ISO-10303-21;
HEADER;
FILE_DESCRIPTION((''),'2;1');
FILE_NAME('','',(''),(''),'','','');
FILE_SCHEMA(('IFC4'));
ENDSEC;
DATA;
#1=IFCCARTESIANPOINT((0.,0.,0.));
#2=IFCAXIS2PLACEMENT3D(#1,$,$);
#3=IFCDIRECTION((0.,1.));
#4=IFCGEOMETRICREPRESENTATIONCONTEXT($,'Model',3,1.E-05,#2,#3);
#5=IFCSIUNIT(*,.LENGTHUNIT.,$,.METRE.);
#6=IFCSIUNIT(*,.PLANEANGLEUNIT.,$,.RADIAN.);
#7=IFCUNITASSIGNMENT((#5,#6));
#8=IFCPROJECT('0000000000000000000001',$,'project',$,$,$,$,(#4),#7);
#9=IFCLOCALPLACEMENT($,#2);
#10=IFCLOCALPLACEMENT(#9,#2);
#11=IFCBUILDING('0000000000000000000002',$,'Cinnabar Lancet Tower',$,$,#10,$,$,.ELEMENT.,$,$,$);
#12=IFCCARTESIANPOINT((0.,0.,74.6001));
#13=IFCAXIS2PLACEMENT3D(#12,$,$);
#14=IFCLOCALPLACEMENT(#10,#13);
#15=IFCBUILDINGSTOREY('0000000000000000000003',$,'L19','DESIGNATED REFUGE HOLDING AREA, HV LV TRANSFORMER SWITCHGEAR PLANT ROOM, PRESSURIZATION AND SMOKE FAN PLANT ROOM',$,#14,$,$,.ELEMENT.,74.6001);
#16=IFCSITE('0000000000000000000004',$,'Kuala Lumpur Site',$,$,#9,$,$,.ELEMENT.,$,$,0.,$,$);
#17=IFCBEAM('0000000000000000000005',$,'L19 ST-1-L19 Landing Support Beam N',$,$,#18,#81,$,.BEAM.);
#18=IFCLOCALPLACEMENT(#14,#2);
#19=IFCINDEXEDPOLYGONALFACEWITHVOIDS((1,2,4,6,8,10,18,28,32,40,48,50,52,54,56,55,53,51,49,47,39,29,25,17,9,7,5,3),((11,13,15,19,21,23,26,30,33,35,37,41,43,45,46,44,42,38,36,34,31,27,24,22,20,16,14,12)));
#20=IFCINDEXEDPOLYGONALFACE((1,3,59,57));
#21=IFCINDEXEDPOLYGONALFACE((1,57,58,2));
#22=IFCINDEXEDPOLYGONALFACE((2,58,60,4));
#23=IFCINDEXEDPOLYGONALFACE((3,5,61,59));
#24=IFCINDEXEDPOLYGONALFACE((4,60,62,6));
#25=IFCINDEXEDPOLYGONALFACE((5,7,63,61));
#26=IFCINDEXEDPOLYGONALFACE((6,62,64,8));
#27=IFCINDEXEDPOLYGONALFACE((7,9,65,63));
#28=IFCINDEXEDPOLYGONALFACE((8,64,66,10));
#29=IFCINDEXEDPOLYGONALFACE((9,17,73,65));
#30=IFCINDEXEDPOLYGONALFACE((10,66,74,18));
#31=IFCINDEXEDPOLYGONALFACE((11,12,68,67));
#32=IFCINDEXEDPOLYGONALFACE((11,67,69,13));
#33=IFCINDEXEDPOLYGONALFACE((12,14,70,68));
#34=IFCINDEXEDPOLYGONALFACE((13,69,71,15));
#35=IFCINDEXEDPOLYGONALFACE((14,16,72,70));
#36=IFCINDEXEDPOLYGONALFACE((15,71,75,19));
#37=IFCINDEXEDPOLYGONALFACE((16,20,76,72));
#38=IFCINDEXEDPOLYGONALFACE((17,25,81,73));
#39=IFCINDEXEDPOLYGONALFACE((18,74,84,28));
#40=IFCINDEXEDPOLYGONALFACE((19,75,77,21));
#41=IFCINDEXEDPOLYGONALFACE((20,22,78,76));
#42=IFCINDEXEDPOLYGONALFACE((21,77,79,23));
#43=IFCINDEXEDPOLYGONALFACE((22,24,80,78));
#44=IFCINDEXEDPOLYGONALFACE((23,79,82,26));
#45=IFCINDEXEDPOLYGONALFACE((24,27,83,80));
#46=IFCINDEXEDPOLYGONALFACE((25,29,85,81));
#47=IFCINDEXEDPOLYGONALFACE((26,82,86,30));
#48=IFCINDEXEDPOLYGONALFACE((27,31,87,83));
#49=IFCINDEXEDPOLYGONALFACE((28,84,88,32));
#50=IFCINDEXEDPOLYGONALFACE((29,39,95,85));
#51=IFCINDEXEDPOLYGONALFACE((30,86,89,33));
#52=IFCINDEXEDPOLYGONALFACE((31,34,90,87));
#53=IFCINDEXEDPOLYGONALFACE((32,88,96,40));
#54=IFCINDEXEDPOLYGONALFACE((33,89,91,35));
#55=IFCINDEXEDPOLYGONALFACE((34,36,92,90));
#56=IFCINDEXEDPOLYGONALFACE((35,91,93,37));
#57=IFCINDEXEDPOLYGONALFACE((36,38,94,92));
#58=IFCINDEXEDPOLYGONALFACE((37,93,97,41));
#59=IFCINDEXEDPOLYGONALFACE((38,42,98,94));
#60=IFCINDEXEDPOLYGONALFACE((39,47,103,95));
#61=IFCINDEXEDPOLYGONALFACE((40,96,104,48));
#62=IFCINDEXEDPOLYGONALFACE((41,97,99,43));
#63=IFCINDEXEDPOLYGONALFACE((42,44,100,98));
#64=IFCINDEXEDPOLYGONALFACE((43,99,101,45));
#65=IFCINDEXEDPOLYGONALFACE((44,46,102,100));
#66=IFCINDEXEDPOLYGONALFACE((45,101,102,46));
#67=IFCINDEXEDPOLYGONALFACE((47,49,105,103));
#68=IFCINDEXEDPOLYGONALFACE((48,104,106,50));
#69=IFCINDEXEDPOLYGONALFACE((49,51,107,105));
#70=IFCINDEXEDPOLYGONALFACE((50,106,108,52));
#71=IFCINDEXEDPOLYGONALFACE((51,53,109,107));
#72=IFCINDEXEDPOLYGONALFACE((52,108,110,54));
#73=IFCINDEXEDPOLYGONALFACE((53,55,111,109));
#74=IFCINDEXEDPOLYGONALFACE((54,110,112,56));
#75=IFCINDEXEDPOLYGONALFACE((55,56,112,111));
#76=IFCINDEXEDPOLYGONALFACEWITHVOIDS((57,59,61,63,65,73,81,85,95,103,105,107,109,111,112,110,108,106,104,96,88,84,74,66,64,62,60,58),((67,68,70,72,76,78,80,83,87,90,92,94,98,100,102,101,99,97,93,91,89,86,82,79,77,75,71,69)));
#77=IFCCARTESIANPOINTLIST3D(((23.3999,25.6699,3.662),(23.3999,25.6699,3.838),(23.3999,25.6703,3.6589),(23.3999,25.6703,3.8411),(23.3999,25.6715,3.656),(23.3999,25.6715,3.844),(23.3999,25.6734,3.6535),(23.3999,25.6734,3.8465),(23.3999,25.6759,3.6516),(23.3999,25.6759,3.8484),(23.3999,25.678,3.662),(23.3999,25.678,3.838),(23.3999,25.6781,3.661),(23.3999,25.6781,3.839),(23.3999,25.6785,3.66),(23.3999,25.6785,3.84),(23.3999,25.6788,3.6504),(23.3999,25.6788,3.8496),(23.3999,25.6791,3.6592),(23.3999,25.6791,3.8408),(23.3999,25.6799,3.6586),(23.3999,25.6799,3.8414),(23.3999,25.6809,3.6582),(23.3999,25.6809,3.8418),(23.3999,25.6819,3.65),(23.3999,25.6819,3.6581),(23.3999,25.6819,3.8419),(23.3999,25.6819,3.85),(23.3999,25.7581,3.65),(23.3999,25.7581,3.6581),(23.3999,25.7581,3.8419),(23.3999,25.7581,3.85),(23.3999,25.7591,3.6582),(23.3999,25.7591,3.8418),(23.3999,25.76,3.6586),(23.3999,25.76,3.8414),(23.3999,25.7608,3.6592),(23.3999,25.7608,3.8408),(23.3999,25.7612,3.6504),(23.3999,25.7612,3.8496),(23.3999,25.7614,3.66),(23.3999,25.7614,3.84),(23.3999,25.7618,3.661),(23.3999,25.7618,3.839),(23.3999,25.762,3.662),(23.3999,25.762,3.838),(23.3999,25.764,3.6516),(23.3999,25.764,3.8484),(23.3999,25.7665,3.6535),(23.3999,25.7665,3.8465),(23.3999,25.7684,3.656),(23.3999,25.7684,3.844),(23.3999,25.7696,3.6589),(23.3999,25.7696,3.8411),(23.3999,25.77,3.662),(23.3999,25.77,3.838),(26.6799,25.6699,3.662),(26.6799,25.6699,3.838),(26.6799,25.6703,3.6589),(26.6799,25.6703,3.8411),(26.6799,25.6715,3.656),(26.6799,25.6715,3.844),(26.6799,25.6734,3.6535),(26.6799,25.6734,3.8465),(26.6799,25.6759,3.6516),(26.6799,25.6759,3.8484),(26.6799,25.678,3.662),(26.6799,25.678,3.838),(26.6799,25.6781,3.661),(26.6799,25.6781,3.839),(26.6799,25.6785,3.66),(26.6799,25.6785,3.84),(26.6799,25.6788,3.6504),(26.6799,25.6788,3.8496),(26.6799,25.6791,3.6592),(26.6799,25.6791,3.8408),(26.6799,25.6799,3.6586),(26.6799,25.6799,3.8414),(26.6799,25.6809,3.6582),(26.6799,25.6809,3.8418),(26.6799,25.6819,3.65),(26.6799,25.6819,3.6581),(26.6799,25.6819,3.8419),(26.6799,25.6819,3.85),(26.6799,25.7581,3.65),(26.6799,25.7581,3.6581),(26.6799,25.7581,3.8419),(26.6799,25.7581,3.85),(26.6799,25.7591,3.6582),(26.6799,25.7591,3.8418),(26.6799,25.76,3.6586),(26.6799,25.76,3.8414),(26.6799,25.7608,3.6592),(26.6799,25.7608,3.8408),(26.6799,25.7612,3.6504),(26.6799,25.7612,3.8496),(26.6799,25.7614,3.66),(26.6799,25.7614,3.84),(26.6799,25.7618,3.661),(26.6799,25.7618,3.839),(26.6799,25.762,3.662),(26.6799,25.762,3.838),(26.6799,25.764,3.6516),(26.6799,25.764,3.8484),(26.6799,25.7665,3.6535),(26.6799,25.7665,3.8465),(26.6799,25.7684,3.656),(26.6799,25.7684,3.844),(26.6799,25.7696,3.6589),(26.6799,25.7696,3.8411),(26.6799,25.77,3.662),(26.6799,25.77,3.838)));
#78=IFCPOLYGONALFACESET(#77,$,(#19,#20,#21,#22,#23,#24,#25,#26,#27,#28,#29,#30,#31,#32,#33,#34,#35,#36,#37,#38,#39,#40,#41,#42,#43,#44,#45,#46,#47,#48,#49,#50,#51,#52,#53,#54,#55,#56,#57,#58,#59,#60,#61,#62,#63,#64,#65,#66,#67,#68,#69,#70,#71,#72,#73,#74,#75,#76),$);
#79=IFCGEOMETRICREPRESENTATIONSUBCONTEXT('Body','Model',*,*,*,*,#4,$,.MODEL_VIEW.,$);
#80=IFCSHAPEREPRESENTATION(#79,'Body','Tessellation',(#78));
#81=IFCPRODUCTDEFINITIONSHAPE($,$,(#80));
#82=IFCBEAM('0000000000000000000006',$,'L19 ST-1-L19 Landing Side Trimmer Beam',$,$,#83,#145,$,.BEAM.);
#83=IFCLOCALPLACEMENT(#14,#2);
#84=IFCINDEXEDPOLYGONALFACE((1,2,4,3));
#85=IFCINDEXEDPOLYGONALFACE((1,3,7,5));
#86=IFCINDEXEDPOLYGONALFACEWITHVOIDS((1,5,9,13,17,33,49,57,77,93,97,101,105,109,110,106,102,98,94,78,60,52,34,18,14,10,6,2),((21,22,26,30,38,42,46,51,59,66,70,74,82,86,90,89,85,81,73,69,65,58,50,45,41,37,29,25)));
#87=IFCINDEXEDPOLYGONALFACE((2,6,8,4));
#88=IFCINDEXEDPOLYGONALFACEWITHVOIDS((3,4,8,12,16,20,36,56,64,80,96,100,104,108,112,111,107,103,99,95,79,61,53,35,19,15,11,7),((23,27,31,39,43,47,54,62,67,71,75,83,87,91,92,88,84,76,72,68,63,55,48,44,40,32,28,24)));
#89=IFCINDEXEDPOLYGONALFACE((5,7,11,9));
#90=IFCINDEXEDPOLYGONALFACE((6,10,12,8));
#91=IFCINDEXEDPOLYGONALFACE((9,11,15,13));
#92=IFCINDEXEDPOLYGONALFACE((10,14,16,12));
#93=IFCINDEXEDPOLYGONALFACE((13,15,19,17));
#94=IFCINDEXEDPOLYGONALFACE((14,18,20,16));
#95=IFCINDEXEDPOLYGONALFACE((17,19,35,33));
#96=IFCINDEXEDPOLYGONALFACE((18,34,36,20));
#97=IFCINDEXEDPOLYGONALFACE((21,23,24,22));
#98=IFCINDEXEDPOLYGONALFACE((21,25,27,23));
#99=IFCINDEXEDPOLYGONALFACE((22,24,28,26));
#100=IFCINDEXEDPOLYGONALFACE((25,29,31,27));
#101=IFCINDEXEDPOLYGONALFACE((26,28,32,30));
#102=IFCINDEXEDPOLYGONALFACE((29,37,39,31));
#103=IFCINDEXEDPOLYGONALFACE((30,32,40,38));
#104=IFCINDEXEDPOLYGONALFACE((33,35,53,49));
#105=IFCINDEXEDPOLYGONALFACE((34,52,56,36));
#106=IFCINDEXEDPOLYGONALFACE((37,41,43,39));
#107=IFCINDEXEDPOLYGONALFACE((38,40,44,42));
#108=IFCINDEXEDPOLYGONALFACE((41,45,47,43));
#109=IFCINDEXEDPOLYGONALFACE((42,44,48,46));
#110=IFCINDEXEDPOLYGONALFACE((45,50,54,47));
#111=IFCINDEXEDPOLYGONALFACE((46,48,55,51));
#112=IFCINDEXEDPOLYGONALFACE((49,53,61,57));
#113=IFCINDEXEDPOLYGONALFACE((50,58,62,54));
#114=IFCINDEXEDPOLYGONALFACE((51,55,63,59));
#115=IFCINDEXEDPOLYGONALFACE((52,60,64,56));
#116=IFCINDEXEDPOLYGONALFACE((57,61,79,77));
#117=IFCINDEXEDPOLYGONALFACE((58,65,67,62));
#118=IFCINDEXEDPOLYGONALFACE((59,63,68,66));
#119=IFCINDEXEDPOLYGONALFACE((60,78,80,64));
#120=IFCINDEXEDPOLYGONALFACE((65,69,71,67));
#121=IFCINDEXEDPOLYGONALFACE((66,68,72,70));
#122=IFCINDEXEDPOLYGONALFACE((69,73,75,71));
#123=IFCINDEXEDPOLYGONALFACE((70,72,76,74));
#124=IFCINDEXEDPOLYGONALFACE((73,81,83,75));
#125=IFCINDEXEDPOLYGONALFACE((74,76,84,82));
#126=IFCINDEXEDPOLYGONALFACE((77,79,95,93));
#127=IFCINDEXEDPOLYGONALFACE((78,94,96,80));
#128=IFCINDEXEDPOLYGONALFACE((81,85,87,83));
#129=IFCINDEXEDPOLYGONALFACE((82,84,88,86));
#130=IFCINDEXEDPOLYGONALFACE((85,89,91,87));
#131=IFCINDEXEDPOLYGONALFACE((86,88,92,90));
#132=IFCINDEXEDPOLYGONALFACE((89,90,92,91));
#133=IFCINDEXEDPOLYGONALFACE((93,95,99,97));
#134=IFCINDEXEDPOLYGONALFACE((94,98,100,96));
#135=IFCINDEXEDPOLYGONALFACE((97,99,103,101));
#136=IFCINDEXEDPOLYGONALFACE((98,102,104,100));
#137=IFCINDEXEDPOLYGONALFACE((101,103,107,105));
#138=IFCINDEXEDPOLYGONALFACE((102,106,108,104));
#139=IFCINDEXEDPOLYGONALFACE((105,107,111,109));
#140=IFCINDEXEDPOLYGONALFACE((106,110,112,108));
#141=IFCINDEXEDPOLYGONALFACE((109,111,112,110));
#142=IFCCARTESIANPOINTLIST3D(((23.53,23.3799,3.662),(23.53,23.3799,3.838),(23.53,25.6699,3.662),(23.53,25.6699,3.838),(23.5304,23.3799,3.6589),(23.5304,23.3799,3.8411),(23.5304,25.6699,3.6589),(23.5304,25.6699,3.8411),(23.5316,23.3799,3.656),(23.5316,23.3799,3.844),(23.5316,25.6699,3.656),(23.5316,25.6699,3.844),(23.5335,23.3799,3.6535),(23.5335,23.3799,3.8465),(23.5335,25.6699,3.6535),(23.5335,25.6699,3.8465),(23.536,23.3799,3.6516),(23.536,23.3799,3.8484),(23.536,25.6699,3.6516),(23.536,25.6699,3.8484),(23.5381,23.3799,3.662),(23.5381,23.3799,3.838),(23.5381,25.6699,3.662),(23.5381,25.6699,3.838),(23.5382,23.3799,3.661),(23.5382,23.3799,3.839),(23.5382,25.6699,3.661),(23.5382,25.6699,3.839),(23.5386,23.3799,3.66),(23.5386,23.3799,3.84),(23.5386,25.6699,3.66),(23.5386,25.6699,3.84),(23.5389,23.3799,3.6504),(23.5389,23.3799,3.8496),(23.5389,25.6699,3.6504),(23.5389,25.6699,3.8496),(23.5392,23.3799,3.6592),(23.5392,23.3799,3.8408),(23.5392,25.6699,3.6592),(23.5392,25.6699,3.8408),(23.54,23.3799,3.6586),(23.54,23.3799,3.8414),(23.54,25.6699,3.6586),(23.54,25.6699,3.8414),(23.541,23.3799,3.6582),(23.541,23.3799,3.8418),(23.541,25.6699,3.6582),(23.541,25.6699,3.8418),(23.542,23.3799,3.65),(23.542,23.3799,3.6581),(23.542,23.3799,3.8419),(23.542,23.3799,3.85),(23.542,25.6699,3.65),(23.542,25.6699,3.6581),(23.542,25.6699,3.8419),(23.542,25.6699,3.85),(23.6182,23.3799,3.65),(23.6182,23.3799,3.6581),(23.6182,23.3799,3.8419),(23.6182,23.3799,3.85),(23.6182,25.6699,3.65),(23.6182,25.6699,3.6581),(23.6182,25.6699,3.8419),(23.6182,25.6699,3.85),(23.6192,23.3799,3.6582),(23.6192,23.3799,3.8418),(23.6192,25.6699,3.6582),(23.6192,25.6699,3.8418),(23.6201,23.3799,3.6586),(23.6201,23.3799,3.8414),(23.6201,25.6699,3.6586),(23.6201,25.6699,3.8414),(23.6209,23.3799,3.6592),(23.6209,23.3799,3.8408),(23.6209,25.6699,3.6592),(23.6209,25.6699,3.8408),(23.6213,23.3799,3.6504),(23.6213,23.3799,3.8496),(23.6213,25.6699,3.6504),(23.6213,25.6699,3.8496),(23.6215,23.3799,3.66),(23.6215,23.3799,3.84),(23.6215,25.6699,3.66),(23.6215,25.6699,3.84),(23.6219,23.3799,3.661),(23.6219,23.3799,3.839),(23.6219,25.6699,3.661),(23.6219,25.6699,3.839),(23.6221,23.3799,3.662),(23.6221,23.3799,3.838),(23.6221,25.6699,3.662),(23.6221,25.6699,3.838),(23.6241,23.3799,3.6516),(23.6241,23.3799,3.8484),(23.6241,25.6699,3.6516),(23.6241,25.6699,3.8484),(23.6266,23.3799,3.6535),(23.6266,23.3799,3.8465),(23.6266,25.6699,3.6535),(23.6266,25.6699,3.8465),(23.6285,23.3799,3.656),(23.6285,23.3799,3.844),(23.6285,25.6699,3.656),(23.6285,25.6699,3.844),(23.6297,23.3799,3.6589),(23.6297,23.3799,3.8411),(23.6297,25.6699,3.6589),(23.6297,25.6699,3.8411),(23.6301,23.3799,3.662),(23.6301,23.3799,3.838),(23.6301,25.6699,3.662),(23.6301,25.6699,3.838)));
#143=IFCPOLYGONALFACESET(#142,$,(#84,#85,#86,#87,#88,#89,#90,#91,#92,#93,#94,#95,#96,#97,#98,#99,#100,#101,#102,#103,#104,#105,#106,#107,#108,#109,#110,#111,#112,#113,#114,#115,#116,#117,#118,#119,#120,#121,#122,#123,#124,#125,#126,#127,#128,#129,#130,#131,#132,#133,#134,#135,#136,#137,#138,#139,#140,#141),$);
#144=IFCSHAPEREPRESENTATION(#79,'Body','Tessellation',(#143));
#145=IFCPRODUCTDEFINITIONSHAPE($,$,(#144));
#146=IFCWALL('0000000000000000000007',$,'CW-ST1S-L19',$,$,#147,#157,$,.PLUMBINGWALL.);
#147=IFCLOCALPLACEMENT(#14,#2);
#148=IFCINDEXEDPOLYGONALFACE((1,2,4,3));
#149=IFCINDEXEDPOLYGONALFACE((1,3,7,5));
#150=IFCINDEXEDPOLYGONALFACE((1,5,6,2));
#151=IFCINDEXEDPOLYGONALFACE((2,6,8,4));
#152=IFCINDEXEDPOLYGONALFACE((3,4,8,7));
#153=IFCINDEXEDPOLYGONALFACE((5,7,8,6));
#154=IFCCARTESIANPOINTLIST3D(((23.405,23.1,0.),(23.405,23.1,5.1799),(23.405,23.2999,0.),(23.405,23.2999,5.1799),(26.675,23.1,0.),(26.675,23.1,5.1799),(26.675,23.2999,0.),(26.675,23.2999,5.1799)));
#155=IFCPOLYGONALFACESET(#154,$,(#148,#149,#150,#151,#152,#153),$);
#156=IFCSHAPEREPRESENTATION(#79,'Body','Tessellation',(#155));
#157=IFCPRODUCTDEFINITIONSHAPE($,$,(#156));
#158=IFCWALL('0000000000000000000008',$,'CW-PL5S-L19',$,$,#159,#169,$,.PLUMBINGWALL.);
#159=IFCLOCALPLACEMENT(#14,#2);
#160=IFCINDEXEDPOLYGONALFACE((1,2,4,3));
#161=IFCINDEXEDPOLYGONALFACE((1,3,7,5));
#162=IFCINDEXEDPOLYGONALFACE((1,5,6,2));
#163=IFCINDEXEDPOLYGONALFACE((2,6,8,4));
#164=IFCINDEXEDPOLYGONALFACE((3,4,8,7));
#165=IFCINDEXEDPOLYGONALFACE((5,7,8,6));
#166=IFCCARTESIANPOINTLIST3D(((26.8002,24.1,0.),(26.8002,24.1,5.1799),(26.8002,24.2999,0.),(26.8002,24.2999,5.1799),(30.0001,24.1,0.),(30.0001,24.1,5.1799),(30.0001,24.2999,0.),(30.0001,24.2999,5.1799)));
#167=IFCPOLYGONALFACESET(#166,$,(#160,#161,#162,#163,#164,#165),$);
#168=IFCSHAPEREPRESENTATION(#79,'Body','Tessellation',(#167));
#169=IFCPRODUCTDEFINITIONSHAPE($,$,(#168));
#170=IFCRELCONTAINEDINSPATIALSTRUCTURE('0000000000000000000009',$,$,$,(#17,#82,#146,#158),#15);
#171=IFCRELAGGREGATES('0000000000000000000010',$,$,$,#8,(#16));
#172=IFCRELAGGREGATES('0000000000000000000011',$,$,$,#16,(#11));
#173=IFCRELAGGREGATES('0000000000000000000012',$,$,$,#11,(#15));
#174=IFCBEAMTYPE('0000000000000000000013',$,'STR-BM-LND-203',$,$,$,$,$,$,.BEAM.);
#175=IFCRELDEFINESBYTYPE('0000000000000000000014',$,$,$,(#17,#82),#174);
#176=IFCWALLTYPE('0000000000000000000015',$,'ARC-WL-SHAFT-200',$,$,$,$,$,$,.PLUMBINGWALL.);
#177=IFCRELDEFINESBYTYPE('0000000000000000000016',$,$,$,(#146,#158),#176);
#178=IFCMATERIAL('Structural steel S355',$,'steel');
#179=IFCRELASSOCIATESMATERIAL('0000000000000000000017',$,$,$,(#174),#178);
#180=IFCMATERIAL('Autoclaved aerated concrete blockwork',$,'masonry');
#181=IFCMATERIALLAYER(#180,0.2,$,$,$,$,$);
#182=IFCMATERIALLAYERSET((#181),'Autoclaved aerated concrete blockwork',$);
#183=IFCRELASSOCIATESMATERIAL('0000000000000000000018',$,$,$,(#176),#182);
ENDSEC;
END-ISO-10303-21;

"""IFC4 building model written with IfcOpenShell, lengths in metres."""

from ifc_helpers import new_model, si_unit, direction, frame, frame_2d, origin, origin_2d, place, context, subcontext, project, spatial, rectangle, hollow_rectangle, extrude, material, layer, layer_set, material_profile, profile_set, type_object, element, save


model = new_model("IFC4")

# Units and contexts
model_context = context("Model", 3, precision=1e-05, world=origin(), true_north=direction((0.0, 1.0)))
body_context = subcontext(model_context, "Body", "Model", "MODEL_VIEW")
ifc_project = project(units=[si_unit("LENGTHUNIT", "METRE"), si_unit("PLANEANGLEUNIT", "RADIAN")], contexts=[model_context])

# Site, building, storey
site_placement = place(None, origin())
site = spatial("IfcSite", under=ifc_project, at=site_placement, Name="Kuala Lumpur Site", CompositionType="ELEMENT", RefElevation=0.0)
building_placement = place(site_placement, origin())
building = spatial("IfcBuilding", under=site, at=building_placement, Name="Cinnabar Lancet Tower", CompositionType="ELEMENT")
storey_placement = place(building_placement, frame((0.0, 0.0, 74.6001)))
storey = spatial("IfcBuildingStorey", under=building, at=storey_placement, Name="L19", Description="DESIGNATED REFUGE HOLDING AREA, HV LV TRANSFORMER SWITCHGEAR PLANT ROOM, PRESSURIZATION AND SMOKE FAN PLANT ROOM", CompositionType="ELEMENT", Elevation=74.6001)

# Beams
ifc_material_1 = material(Name="Structural steel S355", Category="steel")
ifc_material_profile_1 = material_profile(ifc_material_1, hollow_rectangle(XDim=0.1001, YDim=0.2, WallThickness=0.0081, InnerFilletRadius=0.0039, OuterFilletRadius=0.012, at=origin_2d()), Name="RHS 200x100x8")
ifc_profile_set_1 = profile_set([ifc_material_profile_1], Name="Structural steel S355")
beam_type_1 = type_object("IfcBeamType", Name="STR-BM-LND-203", PredefinedType="BEAM", material=ifc_profile_set_1)
for number, where, z_axis, x_axis, name in (
    (1, (23.3999, 25.72, 3.75), (1.0, 0.0, 0.0), (0.0, 1.0, 0.0), "L19 ST-1-L19 Landing Support Beam N"),
):
    element("IfcBeam", number, at=place(storey_placement, frame(where, z_axis=z_axis, x_axis=x_axis)), inside=storey, type_object=beam_type_1, Name=name, PredefinedType="BEAM", context=body_context, shape_type="SweptSolid", body=[
        extrude(hollow_rectangle(XDim=0.1001, YDim=0.2, WallThickness=0.0081, InnerFilletRadius=0.0039, OuterFilletRadius=0.012, at=origin_2d()), origin(), (0.0, 0.0, 1.0), 3.28),
    ])
beam_1_placement = place(storey_placement, frame((23.5801, 23.3799, 3.75), z_axis=(0.0, 1.0, 0.0), x_axis=(-1.0, 0.0, 0.0)))
element("IfcBeam", 2, at=beam_1_placement, inside=storey, type_object=beam_type_1, Name="L19 ST-1-L19 Landing Side Trimmer Beam", PredefinedType="BEAM", context=body_context, shape_type="SweptSolid", body=[
    extrude(hollow_rectangle(XDim=0.1001, YDim=0.2, WallThickness=0.0081, InnerFilletRadius=0.0039, OuterFilletRadius=0.012, at=origin_2d()), origin(), (0.0, 0.0, 1.0), 2.29),
])

# Walls
ifc_material_2 = material(Name="Autoclaved aerated concrete blockwork", Category="masonry")
ifc_layer_1 = layer(ifc_material_2, 0.2)
ifc_layer_set_1 = layer_set([ifc_layer_1], Name="Autoclaved aerated concrete blockwork")
wall_type_1 = type_object("IfcWallType", Name="ARC-WL-SHAFT-200", PredefinedType="PLUMBINGWALL", material=ifc_layer_set_1)
wall_1_placement = place(storey_placement, frame((23.405, 23.2, 0.0), z_axis=(0.0, 0.0, 1.0), x_axis=(1.0, 0.0, 0.0)))
element("IfcWall", 3, at=wall_1_placement, inside=storey, type_object=wall_type_1, Name="CW-ST1S-L19", PredefinedType="PLUMBINGWALL", context=body_context, shape_type="SweptSolid", body=[
    extrude(rectangle(XDim=3.27, YDim=0.2, at=frame_2d((1.635, 0.0))), origin(), (0.0, 0.0, 1.0), 5.1799),
])
wall_2_placement = place(storey_placement, frame((26.8, 24.2, 0.0), z_axis=(0.0, 0.0, 1.0), x_axis=(1.0, 0.0, 0.0)))
element("IfcWall", 4, at=wall_2_placement, inside=storey, type_object=wall_type_1, Name="CW-PL5S-L19", PredefinedType="PLUMBINGWALL", context=body_context, shape_type="SweptSolid", body=[
    extrude(rectangle(XDim=3.2, YDim=0.2, at=frame_2d((1.6001, 0.0))), origin(), (0.0, 0.0, 1.0), 5.1799),
])

save(model, "model.ifc")
